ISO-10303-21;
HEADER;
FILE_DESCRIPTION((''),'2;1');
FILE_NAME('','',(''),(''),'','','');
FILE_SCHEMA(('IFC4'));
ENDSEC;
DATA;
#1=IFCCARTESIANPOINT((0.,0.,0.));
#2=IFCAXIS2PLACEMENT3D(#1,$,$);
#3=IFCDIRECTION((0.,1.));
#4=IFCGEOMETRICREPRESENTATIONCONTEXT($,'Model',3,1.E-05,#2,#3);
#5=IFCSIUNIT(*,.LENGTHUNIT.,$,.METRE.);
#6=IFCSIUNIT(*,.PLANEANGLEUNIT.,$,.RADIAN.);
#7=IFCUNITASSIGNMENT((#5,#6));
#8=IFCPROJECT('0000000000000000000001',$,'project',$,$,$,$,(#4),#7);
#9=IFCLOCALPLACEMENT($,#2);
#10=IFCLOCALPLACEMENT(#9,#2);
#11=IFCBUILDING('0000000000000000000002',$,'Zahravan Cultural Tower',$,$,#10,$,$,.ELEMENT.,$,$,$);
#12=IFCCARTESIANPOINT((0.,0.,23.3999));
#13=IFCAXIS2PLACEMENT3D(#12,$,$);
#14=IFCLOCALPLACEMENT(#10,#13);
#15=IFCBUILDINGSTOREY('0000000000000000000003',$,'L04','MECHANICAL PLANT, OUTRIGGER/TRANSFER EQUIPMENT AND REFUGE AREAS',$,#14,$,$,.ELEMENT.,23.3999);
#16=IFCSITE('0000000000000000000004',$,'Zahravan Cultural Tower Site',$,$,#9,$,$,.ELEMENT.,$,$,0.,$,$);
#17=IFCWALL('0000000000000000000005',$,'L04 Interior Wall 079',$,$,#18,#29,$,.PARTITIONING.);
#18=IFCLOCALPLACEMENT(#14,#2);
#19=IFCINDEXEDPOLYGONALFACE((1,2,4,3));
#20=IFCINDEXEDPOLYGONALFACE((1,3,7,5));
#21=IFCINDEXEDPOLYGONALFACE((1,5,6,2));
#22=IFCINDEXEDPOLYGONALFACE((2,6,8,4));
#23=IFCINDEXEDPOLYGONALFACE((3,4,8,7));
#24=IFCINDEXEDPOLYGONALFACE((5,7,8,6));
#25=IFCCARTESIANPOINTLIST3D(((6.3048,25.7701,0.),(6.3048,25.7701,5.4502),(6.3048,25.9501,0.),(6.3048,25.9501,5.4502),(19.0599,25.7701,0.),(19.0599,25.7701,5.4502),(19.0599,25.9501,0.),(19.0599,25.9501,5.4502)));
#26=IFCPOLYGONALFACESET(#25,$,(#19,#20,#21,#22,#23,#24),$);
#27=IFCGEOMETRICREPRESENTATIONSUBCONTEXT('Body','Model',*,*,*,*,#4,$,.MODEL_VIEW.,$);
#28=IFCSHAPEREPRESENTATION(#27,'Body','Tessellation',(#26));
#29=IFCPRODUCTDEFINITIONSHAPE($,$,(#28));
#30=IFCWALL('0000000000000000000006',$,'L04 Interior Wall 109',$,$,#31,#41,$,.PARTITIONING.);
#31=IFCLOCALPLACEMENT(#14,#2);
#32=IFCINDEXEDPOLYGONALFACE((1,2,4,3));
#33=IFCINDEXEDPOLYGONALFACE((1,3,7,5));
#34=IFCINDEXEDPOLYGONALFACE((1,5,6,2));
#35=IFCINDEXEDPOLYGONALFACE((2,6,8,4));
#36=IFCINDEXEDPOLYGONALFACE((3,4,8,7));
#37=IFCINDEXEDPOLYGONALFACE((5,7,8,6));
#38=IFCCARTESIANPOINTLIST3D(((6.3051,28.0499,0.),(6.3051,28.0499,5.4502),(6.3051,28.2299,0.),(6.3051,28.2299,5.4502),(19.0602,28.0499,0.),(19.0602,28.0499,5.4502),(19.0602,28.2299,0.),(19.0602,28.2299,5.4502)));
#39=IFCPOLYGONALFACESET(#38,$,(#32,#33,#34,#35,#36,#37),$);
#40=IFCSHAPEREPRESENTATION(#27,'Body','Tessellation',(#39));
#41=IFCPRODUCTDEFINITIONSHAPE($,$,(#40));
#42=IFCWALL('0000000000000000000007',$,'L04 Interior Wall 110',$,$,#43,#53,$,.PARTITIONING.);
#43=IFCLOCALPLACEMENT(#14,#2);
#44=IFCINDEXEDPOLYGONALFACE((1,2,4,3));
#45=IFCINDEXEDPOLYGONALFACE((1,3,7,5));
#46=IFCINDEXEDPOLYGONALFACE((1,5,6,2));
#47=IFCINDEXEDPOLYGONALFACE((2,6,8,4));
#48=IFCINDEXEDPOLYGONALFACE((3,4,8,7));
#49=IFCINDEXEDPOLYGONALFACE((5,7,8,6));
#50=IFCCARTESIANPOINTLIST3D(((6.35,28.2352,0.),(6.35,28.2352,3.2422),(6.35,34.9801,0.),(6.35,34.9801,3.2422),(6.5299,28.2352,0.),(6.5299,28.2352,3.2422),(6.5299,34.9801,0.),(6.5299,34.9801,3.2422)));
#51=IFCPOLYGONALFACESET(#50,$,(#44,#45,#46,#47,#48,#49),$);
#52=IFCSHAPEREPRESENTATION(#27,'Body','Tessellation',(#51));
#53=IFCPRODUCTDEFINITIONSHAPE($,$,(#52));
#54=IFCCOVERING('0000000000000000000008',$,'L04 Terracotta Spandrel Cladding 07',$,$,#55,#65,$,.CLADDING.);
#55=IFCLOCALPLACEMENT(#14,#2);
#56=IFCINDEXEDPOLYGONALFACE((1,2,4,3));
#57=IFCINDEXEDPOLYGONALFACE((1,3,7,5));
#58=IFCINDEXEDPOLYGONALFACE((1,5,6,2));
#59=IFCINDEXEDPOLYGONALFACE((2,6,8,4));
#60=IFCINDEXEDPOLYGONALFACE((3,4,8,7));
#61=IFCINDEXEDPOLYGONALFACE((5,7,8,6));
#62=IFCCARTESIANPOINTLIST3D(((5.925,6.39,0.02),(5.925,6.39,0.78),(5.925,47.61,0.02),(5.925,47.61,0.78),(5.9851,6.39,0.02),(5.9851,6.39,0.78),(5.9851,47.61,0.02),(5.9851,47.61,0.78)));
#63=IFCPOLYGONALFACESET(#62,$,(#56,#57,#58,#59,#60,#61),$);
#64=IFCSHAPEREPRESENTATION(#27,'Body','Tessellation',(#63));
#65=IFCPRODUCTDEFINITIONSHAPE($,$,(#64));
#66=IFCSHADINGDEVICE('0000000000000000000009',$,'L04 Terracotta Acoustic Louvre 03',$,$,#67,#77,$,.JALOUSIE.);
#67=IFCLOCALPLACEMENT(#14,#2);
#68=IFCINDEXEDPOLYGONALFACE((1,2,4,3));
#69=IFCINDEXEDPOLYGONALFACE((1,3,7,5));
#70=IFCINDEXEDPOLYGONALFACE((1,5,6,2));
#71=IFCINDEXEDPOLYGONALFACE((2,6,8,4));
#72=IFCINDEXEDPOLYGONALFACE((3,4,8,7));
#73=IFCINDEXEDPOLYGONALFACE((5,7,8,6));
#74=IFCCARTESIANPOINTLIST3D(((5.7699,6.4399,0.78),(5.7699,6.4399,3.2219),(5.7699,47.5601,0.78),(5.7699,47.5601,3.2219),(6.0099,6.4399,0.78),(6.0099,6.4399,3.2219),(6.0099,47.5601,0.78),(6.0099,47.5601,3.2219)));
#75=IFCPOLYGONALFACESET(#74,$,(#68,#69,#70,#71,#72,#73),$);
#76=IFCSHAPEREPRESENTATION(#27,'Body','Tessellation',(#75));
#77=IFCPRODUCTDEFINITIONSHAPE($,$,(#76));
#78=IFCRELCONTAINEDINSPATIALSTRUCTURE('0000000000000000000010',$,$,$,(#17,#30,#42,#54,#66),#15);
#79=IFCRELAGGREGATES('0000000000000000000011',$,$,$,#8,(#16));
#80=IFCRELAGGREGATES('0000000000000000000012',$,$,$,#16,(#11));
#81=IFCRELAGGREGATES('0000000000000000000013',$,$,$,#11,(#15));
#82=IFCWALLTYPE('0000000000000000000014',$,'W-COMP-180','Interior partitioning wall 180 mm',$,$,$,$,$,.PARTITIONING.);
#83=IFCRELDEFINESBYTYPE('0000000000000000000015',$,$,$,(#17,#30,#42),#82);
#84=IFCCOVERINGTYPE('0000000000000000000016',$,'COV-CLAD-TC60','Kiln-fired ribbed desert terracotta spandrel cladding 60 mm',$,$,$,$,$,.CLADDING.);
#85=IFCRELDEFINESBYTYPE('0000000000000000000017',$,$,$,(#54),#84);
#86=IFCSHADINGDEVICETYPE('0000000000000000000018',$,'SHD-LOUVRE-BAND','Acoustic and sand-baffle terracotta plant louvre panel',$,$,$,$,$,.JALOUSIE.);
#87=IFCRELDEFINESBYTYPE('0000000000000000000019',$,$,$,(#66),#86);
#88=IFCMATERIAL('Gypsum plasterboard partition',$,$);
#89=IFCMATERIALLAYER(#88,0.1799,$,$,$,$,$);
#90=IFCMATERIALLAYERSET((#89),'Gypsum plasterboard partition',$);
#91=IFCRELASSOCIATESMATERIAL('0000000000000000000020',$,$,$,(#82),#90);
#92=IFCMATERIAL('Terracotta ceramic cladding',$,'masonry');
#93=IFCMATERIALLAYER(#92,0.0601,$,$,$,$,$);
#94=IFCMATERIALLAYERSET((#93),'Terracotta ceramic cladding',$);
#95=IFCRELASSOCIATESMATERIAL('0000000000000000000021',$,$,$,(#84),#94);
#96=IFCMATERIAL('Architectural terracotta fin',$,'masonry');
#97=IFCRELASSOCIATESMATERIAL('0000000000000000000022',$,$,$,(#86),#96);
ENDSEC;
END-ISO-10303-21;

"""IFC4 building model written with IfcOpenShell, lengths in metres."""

from ifc_helpers import new_model, si_unit, direction, frame, frame_2d, origin, origin_2d, place, context, subcontext, project, spatial, rectangle, extrude, source, transform, mapped, material, layer, layer_set, type_object, element, save


model = new_model("IFC4")

# Units and contexts
model_context = context("Model", 3, precision=1e-05, world=origin(), true_north=direction((0.0, 1.0)))
body_context = subcontext(model_context, "Body", "Model", "MODEL_VIEW")
ifc_project = project(units=[si_unit("LENGTHUNIT", "METRE"), si_unit("PLANEANGLEUNIT", "RADIAN")], contexts=[model_context])

# Site, building, storey
site_placement = place(None, origin())
site = spatial("IfcSite", under=ifc_project, at=site_placement, Name="Zahravan Cultural Tower Site", CompositionType="ELEMENT", RefElevation=0.0)
building_placement = place(site_placement, origin())
building = spatial("IfcBuilding", under=site, at=building_placement, Name="Zahravan Cultural Tower", CompositionType="ELEMENT")
storey_placement = place(building_placement, frame((0.0, 0.0, 23.3999)))
storey = spatial("IfcBuildingStorey", under=building, at=storey_placement, Name="L04", Description="MECHANICAL PLANT, OUTRIGGER/TRANSFER EQUIPMENT AND REFUGE AREAS", CompositionType="ELEMENT", Elevation=23.3999)

# Shared definitions
ifc_material_1 = material(Name="Gypsum plasterboard partition")
ifc_layer_1 = layer(ifc_material_1, 0.1799)
ifc_layer_set_1 = layer_set([ifc_layer_1], Name="Gypsum plasterboard partition")
wall_type_1 = type_object("IfcWallType", Name="W-COMP-180", Description="Interior partitioning wall 180 mm", PredefinedType="PARTITIONING", material=ifc_layer_set_1)

# Walls
shared_shape_1 = source(origin(), body_context, "Body", "SweptSolid", [
    extrude(rectangle(XDim=12.7551, YDim=0.1799, at=frame_2d((6.3774, 0.0))), origin(), (0.0, 0.0, 1.0), 5.4502),
])
for number, where, z_axis, x_axis, name in (
    (1, (6.3049, 25.8601, 0.0), (0.0, 0.0, 1.0), (1.0, 0.0, 0.0), "L04 Interior Wall 079"),
    (2, (19.0601, 28.1399, 0.0), (0.0, 0.0, 1.0), (-1.0, 0.0, 0.0), "L04 Interior Wall 109"),
):
    element("IfcWall", number, at=place(storey_placement, frame(where, z_axis=z_axis, x_axis=x_axis)), inside=storey, type_object=wall_type_1, Name=name, PredefinedType="PARTITIONING", context=body_context, shape_type="MappedRepresentation", body=[
        mapped(shared_shape_1, transform((0.0, 0.0, 0.0), x_axis=(1.0, 0.0, 0.0), y_axis=(0.0, 1.0, 0.0), z_axis=(0.0, 0.0, 1.0), scale=1.0)),
    ])
shared_shape_2 = source(origin(), body_context, "Body", "SweptSolid", [
    extrude(rectangle(XDim=6.7449, YDim=0.1799, at=frame_2d((3.3726, 0.0))), origin(), (0.0, 0.0, 1.0), 3.2422),
])
wall_1_placement = place(storey_placement, frame((6.4399, 28.2351, 0.0), z_axis=(0.0, 0.0, 1.0), x_axis=(0.0, 1.0, 0.0)))
element("IfcWall", 3, at=wall_1_placement, inside=storey, type_object=wall_type_1, Name="L04 Interior Wall 110", PredefinedType="PARTITIONING", context=body_context, shape_type="MappedRepresentation", body=[
    mapped(shared_shape_2, transform((0.0, 0.0, 0.0), x_axis=(1.0, 0.0, 0.0), y_axis=(0.0, 1.0, 0.0), z_axis=(0.0, 0.0, 1.0), scale=1.0)),
])

# Covering
ifc_material_2 = material(Name="Terracotta ceramic cladding", Category="masonry")
ifc_layer_2 = layer(ifc_material_2, 0.0601)
ifc_layer_set_2 = layer_set([ifc_layer_2], Name="Terracotta ceramic cladding")
covering_type = type_object("IfcCoveringType", Name="COV-CLAD-TC60", Description="Kiln-fired ribbed desert terracotta spandrel cladding 60 mm", PredefinedType="CLADDING", material=ifc_layer_set_2)
shared_shape_3 = source(origin(), body_context, "Body", "SweptSolid", [
    extrude(rectangle(XDim=41.22, YDim=0.0601, at=origin_2d()), origin(), (0.0, 0.0, 1.0), 0.76),
])
covering_placement = place(storey_placement, frame((5.9551, 27.0, 0.02), z_axis=(0.0, 0.0, 1.0), x_axis=(0.0, 1.0, 0.0)))
element("IfcCovering", 4, at=covering_placement, inside=storey, type_object=covering_type, Name="L04 Terracotta Spandrel Cladding 07", PredefinedType="CLADDING", context=body_context, shape_type="MappedRepresentation", body=[
    mapped(shared_shape_3, transform((0.0, 0.0, 0.0), x_axis=(1.0, 0.0, 0.0), y_axis=(0.0, 1.0, 0.0), z_axis=(0.0, 0.0, 1.0), scale=1.0)),
])

# Shading device
ifc_material_3 = material(Name="Architectural terracotta fin", Category="masonry")
shading_device_type = type_object("IfcShadingDeviceType", Name="SHD-LOUVRE-BAND", Description="Acoustic and sand-baffle terracotta plant louvre panel", PredefinedType="JALOUSIE", material=ifc_material_3)
shared_shape_4 = source(origin(), body_context, "Body", "SweptSolid", [
    extrude(rectangle(XDim=41.1201, YDim=0.24, at=origin_2d()), origin(), (0.0, 0.0, 1.0), 2.4419),
])
shading_device_placement = place(storey_placement, frame((5.8899, 27.0, 0.78), z_axis=(0.0, 0.0, 1.0), x_axis=(0.0, 1.0, 0.0)))
element("IfcShadingDevice", 5, at=shading_device_placement, inside=storey, type_object=shading_device_type, Name="L04 Terracotta Acoustic Louvre 03", PredefinedType="JALOUSIE", context=body_context, shape_type="MappedRepresentation", body=[
    mapped(shared_shape_4, transform((0.0, 0.0, 0.0), x_axis=(1.0, 0.0, 0.0), y_axis=(0.0, 1.0, 0.0), z_axis=(0.0, 0.0, 1.0), scale=1.0)),
])

save(model, "model.ifc")
